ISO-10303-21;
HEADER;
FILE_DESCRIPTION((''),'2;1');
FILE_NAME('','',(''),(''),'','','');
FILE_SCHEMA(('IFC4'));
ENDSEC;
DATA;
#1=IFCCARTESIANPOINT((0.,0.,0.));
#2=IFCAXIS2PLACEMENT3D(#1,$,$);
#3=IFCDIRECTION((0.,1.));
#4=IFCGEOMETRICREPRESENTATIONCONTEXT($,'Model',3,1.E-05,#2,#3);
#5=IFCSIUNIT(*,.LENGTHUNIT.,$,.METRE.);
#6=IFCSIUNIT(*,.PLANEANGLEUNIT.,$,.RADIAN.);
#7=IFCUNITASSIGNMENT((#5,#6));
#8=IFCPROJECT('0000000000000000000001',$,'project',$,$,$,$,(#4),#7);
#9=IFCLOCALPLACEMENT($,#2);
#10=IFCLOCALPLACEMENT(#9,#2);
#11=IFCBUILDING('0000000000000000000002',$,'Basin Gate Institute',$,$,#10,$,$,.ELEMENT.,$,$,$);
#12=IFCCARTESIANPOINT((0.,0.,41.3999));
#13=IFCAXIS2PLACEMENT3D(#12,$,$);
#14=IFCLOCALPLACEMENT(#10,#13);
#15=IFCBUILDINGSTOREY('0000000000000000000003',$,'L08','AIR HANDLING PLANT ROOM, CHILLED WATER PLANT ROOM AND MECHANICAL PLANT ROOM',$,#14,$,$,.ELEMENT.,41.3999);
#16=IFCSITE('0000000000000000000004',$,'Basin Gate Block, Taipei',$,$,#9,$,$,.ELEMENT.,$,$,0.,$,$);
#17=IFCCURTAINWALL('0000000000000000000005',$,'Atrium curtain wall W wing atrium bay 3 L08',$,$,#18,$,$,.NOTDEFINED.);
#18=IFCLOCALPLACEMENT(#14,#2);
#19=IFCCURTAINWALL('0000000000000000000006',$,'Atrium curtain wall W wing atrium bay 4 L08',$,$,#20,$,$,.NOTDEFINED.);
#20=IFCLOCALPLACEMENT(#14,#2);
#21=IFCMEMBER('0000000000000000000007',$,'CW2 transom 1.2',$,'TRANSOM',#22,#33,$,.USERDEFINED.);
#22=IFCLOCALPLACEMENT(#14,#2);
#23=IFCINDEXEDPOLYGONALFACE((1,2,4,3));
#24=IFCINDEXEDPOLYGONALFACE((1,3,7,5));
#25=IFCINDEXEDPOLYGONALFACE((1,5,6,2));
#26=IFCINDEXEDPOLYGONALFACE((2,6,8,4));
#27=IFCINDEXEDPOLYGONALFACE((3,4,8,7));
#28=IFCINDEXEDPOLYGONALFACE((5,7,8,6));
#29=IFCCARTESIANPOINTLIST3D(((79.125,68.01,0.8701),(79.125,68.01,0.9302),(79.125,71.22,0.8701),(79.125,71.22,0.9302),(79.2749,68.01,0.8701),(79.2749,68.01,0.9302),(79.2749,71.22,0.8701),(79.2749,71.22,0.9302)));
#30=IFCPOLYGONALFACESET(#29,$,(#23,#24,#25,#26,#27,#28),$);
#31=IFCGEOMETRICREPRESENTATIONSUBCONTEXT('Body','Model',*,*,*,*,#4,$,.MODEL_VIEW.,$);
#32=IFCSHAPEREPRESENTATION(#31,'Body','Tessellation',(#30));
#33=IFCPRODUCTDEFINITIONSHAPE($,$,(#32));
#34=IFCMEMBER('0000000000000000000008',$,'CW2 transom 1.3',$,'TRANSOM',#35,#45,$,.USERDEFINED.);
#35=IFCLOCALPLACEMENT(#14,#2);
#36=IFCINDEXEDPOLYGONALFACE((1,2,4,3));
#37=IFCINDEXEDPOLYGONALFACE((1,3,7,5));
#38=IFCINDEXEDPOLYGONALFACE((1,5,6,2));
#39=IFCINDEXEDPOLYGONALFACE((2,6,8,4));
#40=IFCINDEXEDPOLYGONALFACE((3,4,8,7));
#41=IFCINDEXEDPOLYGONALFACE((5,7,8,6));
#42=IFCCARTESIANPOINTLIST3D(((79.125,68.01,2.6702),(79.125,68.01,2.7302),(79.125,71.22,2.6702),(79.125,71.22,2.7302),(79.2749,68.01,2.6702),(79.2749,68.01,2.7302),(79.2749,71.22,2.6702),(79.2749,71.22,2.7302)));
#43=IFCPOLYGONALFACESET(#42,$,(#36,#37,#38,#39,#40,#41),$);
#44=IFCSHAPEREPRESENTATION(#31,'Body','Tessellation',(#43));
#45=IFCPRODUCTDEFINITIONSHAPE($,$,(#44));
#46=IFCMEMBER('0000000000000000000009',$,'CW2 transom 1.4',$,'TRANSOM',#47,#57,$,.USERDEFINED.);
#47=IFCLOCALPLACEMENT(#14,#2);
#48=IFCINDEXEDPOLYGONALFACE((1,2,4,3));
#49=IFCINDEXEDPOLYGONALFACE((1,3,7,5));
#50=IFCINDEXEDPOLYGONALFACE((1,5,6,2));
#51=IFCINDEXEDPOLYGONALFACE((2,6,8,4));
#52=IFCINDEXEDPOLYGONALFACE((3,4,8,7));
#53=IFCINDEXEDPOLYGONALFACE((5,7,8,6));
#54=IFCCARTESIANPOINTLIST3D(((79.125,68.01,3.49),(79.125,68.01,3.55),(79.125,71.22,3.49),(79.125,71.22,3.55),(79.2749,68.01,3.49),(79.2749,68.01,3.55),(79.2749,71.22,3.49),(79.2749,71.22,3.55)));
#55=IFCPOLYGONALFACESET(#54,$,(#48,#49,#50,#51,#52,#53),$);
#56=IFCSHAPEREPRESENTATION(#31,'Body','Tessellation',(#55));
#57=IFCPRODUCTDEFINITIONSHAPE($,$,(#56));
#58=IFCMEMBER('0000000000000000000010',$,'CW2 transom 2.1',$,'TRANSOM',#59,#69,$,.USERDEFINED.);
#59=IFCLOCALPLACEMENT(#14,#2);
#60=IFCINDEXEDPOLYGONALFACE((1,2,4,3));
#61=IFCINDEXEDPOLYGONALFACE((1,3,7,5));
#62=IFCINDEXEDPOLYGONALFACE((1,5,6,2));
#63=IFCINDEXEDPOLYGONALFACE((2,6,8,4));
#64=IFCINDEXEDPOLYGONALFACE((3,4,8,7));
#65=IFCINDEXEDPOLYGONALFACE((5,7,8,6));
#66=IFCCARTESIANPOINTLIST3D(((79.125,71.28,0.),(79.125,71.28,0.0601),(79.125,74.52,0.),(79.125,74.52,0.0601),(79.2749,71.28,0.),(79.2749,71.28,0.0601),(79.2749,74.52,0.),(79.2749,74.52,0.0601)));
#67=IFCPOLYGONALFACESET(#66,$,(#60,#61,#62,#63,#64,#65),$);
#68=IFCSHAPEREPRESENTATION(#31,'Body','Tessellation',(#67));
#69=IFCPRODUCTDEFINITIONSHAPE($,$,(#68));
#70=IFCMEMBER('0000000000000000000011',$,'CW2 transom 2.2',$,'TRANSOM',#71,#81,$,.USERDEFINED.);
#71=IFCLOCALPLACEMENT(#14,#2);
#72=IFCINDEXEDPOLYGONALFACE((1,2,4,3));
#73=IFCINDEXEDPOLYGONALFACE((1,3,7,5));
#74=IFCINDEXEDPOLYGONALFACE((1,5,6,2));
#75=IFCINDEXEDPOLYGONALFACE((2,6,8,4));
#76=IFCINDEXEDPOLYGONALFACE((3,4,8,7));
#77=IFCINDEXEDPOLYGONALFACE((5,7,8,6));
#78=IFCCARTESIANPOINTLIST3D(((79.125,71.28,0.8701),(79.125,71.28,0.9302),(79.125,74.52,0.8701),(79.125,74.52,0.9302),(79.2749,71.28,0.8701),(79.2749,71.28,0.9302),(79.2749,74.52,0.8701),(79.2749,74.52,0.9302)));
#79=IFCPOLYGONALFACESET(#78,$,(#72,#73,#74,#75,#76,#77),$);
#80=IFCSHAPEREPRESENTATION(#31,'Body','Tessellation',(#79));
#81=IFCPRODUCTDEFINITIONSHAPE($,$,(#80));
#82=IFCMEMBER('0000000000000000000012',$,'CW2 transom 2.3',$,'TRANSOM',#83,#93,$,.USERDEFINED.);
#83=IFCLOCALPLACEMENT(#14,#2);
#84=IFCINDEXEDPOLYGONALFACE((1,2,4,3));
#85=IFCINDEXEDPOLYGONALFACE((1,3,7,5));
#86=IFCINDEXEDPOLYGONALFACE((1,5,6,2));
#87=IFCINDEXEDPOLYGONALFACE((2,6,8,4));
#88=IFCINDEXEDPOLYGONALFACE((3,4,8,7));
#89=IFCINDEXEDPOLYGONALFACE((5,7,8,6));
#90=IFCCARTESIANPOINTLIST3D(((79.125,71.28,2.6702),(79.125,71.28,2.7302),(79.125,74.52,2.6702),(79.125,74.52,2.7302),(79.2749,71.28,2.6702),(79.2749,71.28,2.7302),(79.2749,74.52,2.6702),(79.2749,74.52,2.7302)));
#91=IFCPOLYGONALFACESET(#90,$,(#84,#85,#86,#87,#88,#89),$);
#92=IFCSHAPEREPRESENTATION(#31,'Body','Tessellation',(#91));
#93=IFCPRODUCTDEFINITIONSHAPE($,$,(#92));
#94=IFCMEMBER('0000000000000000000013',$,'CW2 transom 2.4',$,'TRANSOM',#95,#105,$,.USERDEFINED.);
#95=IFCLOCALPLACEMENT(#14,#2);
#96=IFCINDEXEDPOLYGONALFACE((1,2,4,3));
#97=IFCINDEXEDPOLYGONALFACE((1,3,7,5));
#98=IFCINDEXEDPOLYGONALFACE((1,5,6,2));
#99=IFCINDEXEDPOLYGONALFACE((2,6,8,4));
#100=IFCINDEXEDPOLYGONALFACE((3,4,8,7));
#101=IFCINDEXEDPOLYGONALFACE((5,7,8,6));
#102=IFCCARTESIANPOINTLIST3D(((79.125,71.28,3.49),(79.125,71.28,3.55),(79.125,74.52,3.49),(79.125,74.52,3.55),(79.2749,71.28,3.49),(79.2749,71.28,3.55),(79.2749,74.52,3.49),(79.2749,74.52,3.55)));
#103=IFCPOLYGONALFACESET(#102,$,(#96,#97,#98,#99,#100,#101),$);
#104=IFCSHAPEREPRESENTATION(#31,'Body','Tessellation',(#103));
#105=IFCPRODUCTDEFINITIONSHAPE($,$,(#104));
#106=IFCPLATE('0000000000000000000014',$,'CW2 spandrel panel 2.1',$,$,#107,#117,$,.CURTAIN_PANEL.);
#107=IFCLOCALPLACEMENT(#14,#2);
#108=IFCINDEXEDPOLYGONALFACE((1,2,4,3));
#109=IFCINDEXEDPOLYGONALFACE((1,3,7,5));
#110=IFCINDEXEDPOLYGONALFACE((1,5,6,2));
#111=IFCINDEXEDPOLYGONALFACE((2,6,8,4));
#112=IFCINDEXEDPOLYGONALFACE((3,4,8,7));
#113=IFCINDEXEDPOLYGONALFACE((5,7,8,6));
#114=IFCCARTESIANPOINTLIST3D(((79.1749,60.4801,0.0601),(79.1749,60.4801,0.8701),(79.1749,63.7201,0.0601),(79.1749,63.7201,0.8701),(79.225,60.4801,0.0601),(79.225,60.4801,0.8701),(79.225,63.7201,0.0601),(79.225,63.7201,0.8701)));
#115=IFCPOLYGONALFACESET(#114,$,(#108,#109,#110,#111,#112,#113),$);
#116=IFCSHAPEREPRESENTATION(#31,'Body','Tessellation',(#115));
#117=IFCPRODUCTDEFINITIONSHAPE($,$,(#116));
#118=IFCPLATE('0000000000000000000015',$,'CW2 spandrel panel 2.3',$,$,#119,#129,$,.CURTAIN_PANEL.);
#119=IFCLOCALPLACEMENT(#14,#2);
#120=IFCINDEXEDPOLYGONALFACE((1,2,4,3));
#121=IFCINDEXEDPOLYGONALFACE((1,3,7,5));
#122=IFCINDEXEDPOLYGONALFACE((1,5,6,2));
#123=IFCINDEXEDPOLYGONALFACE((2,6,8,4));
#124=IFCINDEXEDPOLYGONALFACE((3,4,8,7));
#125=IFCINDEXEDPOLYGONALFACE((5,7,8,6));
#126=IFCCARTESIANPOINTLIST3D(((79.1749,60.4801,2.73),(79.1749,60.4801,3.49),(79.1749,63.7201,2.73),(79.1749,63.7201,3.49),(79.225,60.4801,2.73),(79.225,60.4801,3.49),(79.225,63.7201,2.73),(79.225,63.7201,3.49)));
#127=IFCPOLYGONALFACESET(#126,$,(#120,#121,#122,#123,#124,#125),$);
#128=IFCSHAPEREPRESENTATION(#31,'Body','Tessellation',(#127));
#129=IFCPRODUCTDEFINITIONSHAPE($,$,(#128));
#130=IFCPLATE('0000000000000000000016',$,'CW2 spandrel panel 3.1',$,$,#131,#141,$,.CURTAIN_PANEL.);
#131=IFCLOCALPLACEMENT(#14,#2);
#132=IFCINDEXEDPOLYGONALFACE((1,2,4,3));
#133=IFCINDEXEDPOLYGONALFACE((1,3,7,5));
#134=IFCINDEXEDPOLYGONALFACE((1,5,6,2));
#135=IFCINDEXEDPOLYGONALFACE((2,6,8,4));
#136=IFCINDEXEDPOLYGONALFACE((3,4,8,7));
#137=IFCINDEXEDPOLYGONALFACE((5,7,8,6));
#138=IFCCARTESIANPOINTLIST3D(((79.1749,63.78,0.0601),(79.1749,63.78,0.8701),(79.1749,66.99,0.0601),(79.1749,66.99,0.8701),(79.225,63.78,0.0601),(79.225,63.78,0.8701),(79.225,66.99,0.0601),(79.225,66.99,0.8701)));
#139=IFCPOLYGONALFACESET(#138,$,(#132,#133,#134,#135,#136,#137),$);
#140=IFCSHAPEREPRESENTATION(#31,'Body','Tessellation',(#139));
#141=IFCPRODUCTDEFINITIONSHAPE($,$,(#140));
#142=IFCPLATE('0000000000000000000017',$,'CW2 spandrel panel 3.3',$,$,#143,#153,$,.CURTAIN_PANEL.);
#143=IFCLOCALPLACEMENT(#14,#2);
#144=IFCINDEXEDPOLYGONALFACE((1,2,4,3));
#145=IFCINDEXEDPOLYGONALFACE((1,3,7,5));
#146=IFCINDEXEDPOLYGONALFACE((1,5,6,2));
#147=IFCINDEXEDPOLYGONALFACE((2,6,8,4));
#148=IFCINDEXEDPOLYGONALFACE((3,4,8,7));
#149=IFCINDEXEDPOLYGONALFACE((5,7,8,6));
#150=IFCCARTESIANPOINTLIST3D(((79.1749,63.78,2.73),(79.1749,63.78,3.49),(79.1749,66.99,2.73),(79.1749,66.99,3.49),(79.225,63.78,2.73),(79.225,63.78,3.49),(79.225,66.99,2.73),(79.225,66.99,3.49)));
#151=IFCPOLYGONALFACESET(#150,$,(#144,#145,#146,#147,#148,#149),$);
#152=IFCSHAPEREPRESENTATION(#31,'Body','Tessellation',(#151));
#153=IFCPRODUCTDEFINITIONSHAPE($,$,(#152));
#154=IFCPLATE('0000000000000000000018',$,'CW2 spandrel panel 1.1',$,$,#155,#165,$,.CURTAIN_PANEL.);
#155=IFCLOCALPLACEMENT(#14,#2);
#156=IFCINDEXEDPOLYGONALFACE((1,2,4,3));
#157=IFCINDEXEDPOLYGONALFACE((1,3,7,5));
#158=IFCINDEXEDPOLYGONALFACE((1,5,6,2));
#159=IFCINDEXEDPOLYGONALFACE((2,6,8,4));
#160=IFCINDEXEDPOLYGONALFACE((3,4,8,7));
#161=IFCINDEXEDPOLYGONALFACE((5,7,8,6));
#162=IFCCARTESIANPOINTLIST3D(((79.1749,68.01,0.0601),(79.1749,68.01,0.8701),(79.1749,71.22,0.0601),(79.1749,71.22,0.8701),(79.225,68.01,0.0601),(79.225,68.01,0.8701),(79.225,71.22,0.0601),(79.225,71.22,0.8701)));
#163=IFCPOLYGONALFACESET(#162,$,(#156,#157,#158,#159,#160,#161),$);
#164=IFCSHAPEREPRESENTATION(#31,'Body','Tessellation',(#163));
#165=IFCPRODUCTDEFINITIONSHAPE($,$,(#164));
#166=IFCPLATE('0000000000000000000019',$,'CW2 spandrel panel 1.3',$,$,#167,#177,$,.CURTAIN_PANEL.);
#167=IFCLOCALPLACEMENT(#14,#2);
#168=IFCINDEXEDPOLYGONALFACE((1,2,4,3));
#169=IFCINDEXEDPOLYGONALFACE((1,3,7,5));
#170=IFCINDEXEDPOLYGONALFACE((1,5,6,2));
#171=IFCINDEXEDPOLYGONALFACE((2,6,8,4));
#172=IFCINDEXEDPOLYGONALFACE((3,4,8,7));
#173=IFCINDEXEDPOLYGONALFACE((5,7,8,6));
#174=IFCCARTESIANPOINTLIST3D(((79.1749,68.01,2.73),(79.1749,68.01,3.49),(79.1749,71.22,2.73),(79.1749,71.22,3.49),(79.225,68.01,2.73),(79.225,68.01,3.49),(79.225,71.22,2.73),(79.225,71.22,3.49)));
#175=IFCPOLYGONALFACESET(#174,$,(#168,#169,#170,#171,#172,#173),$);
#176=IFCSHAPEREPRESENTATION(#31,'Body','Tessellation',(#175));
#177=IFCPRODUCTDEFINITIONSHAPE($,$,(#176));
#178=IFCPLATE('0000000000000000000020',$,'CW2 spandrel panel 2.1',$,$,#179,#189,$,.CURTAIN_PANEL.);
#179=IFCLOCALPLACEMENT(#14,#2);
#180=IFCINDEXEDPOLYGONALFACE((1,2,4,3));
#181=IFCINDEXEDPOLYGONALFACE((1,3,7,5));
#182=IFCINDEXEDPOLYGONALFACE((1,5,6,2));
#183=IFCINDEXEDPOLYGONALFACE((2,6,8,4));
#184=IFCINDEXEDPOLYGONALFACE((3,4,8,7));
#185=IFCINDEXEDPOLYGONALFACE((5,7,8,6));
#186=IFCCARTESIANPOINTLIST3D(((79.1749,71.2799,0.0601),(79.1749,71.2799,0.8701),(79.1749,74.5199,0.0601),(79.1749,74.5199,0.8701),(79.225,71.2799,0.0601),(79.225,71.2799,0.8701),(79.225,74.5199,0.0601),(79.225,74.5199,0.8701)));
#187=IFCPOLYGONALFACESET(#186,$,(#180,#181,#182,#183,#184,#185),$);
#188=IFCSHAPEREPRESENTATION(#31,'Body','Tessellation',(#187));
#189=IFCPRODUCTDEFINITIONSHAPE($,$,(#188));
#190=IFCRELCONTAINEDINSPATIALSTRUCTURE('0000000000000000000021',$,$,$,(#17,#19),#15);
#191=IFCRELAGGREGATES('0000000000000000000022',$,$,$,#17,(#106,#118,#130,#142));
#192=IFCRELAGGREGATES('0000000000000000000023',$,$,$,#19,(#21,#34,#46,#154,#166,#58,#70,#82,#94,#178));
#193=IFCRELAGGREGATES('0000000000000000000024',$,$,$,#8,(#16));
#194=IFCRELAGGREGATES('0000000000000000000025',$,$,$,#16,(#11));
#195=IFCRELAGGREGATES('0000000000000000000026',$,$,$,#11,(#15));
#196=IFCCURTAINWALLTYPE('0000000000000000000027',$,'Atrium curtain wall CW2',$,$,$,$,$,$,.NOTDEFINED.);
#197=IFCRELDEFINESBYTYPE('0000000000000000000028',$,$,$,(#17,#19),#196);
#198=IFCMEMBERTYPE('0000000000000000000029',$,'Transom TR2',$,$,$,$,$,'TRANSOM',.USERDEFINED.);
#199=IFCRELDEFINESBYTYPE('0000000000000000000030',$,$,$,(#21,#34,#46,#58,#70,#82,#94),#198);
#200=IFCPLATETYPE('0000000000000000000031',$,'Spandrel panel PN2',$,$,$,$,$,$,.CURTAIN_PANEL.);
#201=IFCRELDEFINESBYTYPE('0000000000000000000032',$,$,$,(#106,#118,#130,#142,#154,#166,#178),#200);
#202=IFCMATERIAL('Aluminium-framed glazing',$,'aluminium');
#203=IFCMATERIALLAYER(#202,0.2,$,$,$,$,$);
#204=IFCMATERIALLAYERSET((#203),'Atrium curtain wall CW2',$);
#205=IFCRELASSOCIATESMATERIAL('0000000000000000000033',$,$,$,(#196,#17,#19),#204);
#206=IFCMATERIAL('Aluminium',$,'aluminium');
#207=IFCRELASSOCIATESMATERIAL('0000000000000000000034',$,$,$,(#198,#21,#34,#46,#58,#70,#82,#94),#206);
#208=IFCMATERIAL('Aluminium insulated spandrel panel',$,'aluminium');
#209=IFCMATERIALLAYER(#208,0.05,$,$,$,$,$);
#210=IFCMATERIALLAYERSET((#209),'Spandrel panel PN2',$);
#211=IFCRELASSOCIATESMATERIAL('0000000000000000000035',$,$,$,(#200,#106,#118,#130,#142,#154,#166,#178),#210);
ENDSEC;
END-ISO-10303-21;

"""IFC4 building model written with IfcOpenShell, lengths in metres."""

from ifc_helpers import new_model, si_unit, direction, frame, origin, origin_2d, place, context, subcontext, project, spatial, rectangle, extrude, material, layer, layer_set, material_profile, profile_set, type_object, element, aggregate, save


model = new_model("IFC4")

# Units and contexts
model_context = context("Model", 3, precision=1e-05, world=origin(), true_north=direction((0.0, 1.0)))
body_context = subcontext(model_context, "Body", "Model", "MODEL_VIEW")
ifc_project = project(units=[si_unit("LENGTHUNIT", "METRE"), si_unit("PLANEANGLEUNIT", "RADIAN")], contexts=[model_context])

# Site, building, storey
site_placement = place(None, origin())
site = spatial("IfcSite", under=ifc_project, at=site_placement, Name="Basin Gate Block, Taipei", CompositionType="ELEMENT", RefElevation=0.0)
building_placement = place(site_placement, origin())
building = spatial("IfcBuilding", under=site, at=building_placement, Name="Basin Gate Institute", CompositionType="ELEMENT")
storey_placement = place(building_placement, frame((0.0, 0.0, 41.3999)))
storey = spatial("IfcBuildingStorey", under=building, at=storey_placement, Name="L08", Description="AIR HANDLING PLANT ROOM, CHILLED WATER PLANT ROOM AND MECHANICAL PLANT ROOM", CompositionType="ELEMENT", Elevation=41.3999)

# Curtain walls
ifc_material_1 = material(Name="Aluminium-framed glazing", Category="aluminium")
ifc_layer_1 = layer(ifc_material_1, 0.2)
ifc_layer_set_1 = layer_set([ifc_layer_1], Name="Atrium curtain wall CW2")
curtain_wall_type = type_object("IfcCurtainWallType", Name="Atrium curtain wall CW2", PredefinedType="NOTDEFINED", material=ifc_layer_set_1)
curtain_wall_1_placement = place(storey_placement, origin())
curtain_wall_1 = element("IfcCurtainWall", 1, at=curtain_wall_1_placement, inside=storey, type_object=curtain_wall_type, material=ifc_layer_set_1, Name="Atrium curtain wall W wing atrium bay 3 L08", PredefinedType="NOTDEFINED")
curtain_wall_2_placement = place(storey_placement, origin())
curtain_wall_2 = element("IfcCurtainWall", 2, at=curtain_wall_2_placement, inside=storey, type_object=curtain_wall_type, material=ifc_layer_set_1, Name="Atrium curtain wall W wing atrium bay 4 L08", PredefinedType="NOTDEFINED")

# Members
ifc_material_2 = material(Name="Aluminium", Category="aluminium")
ifc_material_profile_1 = material_profile(ifc_material_2, rectangle(XDim=0.1499, YDim=0.0601, at=origin_2d()), Name="Transom TR2 150 x 60")
ifc_profile_set_1 = profile_set([ifc_material_profile_1], Name="Aluminium")
member_type_1 = type_object("IfcMemberType", Name="Transom TR2", ElementType="TRANSOM", PredefinedType="USERDEFINED", material=ifc_profile_set_1)
member_1_placement = place(storey_placement, frame((79.2, 68.01, 0.9001), z_axis=(0.0, 1.0, 0.0), x_axis=(-1.0, 0.0, 0.0)))
member_1 = element("IfcMember", 3, at=member_1_placement, type_object=member_type_1, material=ifc_profile_set_1, Name="CW2 transom 1.2", ObjectType="TRANSOM", PredefinedType="USERDEFINED", context=body_context, shape_type="SweptSolid", body=[
    extrude(rectangle(XDim=0.1499, YDim=0.0601, at=origin_2d()), origin(), (0.0, 0.0, 1.0), 3.21),
])
member_2_placement = place(storey_placement, frame((79.2, 68.01, 2.7002), z_axis=(0.0, 1.0, 0.0), x_axis=(-1.0, 0.0, 0.0)))
member_2 = element("IfcMember", 4, at=member_2_placement, type_object=member_type_1, material=ifc_profile_set_1, Name="CW2 transom 1.3", ObjectType="TRANSOM", PredefinedType="USERDEFINED", context=body_context, shape_type="SweptSolid", body=[
    extrude(rectangle(XDim=0.1499, YDim=0.0601, at=origin_2d()), origin(), (0.0, 0.0, 1.0), 3.21),
])
member_3_placement = place(storey_placement, frame((79.2, 68.01, 3.52), z_axis=(0.0, 1.0, 0.0), x_axis=(-1.0, 0.0, 0.0)))
member_3 = element("IfcMember", 5, at=member_3_placement, type_object=member_type_1, material=ifc_profile_set_1, Name="CW2 transom 1.4", ObjectType="TRANSOM", PredefinedType="USERDEFINED", context=body_context, shape_type="SweptSolid", body=[
    extrude(rectangle(XDim=0.1499, YDim=0.0601, at=origin_2d()), origin(), (0.0, 0.0, 1.0), 3.21),
])
member_4_placement = place(storey_placement, frame((79.2, 71.28, 0.03), z_axis=(0.0, 1.0, 0.0), x_axis=(-1.0, 0.0, 0.0)))
member_4 = element("IfcMember", 6, at=member_4_placement, type_object=member_type_1, material=ifc_profile_set_1, Name="CW2 transom 2.1", ObjectType="TRANSOM", PredefinedType="USERDEFINED", context=body_context, shape_type="SweptSolid", body=[
    extrude(rectangle(XDim=0.1499, YDim=0.0601, at=origin_2d()), origin(), (0.0, 0.0, 1.0), 3.24),
])
member_5_placement = place(storey_placement, frame((79.2, 71.28, 0.9001), z_axis=(0.0, 1.0, 0.0), x_axis=(-1.0, 0.0, 0.0)))
member_5 = element("IfcMember", 7, at=member_5_placement, type_object=member_type_1, material=ifc_profile_set_1, Name="CW2 transom 2.2", ObjectType="TRANSOM", PredefinedType="USERDEFINED", context=body_context, shape_type="SweptSolid", body=[
    extrude(rectangle(XDim=0.1499, YDim=0.0601, at=origin_2d()), origin(), (0.0, 0.0, 1.0), 3.24),
])
member_6_placement = place(storey_placement, frame((79.2, 71.28, 2.7002), z_axis=(0.0, 1.0, 0.0), x_axis=(-1.0, 0.0, 0.0)))
member_6 = element("IfcMember", 8, at=member_6_placement, type_object=member_type_1, material=ifc_profile_set_1, Name="CW2 transom 2.3", ObjectType="TRANSOM", PredefinedType="USERDEFINED", context=body_context, shape_type="SweptSolid", body=[
    extrude(rectangle(XDim=0.1499, YDim=0.0601, at=origin_2d()), origin(), (0.0, 0.0, 1.0), 3.24),
])
member_7_placement = place(storey_placement, frame((79.2, 71.28, 3.52), z_axis=(0.0, 1.0, 0.0), x_axis=(-1.0, 0.0, 0.0)))
member_7 = element("IfcMember", 9, at=member_7_placement, type_object=member_type_1, material=ifc_profile_set_1, Name="CW2 transom 2.4", ObjectType="TRANSOM", PredefinedType="USERDEFINED", context=body_context, shape_type="SweptSolid", body=[
    extrude(rectangle(XDim=0.1499, YDim=0.0601, at=origin_2d()), origin(), (0.0, 0.0, 1.0), 3.24),
])

# Plates
ifc_material_3 = material(Name="Aluminium insulated spandrel panel", Category="aluminium")
ifc_layer_2 = layer(ifc_material_3, 0.05)
ifc_layer_set_2 = layer_set([ifc_layer_2], Name="Spandrel panel PN2")
plate_type_1 = type_object("IfcPlateType", Name="Spandrel panel PN2", PredefinedType="CURTAIN_PANEL", material=ifc_layer_set_2)
plate_1_placement = place(storey_placement, frame((79.2, 62.1001, 0.0601), z_axis=(0.0, 0.0, 1.0), x_axis=(0.0, 1.0, 0.0)))
plate_1 = element("IfcPlate", 10, at=plate_1_placement, type_object=plate_type_1, material=ifc_layer_set_2, Name="CW2 spandrel panel 2.1", PredefinedType="CURTAIN_PANEL", context=body_context, shape_type="SweptSolid", body=[
    extrude(rectangle(XDim=3.24, YDim=0.05, at=origin_2d()), origin(), (0.0, 0.0, 1.0), 0.8101),
])
plate_2_placement = place(storey_placement, frame((79.2, 62.1001, 2.73), z_axis=(0.0, 0.0, 1.0), x_axis=(0.0, 1.0, 0.0)))
plate_2 = element("IfcPlate", 11, at=plate_2_placement, type_object=plate_type_1, material=ifc_layer_set_2, Name="CW2 spandrel panel 2.3", PredefinedType="CURTAIN_PANEL", context=body_context, shape_type="SweptSolid", body=[
    extrude(rectangle(XDim=3.24, YDim=0.05, at=origin_2d()), origin(), (0.0, 0.0, 1.0), 0.76),
])
plate_3_placement = place(storey_placement, frame((79.2, 65.385, 0.0601), z_axis=(0.0, 0.0, 1.0), x_axis=(0.0, 1.0, 0.0)))
plate_3 = element("IfcPlate", 12, at=plate_3_placement, type_object=plate_type_1, material=ifc_layer_set_2, Name="CW2 spandrel panel 3.1", PredefinedType="CURTAIN_PANEL", context=body_context, shape_type="SweptSolid", body=[
    extrude(rectangle(XDim=3.21, YDim=0.05, at=origin_2d()), origin(), (0.0, 0.0, 1.0), 0.8101),
])
plate_4_placement = place(storey_placement, frame((79.2, 65.385, 2.73), z_axis=(0.0, 0.0, 1.0), x_axis=(0.0, 1.0, 0.0)))
plate_4 = element("IfcPlate", 13, at=plate_4_placement, type_object=plate_type_1, material=ifc_layer_set_2, Name="CW2 spandrel panel 3.3", PredefinedType="CURTAIN_PANEL", context=body_context, shape_type="SweptSolid", body=[
    extrude(rectangle(XDim=3.21, YDim=0.05, at=origin_2d()), origin(), (0.0, 0.0, 1.0), 0.76),
])
plate_5_placement = place(storey_placement, frame((79.2, 69.615, 0.0601), z_axis=(0.0, 0.0, 1.0), x_axis=(0.0, 1.0, 0.0)))
plate_5 = element("IfcPlate", 14, at=plate_5_placement, type_object=plate_type_1, material=ifc_layer_set_2, Name="CW2 spandrel panel 1.1", PredefinedType="CURTAIN_PANEL", context=body_context, shape_type="SweptSolid", body=[
    extrude(rectangle(XDim=3.21, YDim=0.05, at=origin_2d()), origin(), (0.0, 0.0, 1.0), 0.8101),
])
plate_6_placement = place(storey_placement, frame((79.2, 69.615, 2.73), z_axis=(0.0, 0.0, 1.0), x_axis=(0.0, 1.0, 0.0)))
plate_6 = element("IfcPlate", 15, at=plate_6_placement, type_object=plate_type_1, material=ifc_layer_set_2, Name="CW2 spandrel panel 1.3", PredefinedType="CURTAIN_PANEL", context=body_context, shape_type="SweptSolid", body=[
    extrude(rectangle(XDim=3.21, YDim=0.05, at=origin_2d()), origin(), (0.0, 0.0, 1.0), 0.76),
])
plate_7_placement = place(storey_placement, frame((79.2, 72.8999, 0.0601), z_axis=(0.0, 0.0, 1.0), x_axis=(0.0, 1.0, 0.0)))
plate_7 = element("IfcPlate", 16, at=plate_7_placement, type_object=plate_type_1, material=ifc_layer_set_2, Name="CW2 spandrel panel 2.1", PredefinedType="CURTAIN_PANEL", context=body_context, shape_type="SweptSolid", body=[
    extrude(rectangle(XDim=3.24, YDim=0.05, at=origin_2d()), origin(), (0.0, 0.0, 1.0), 0.8101),
])
aggregate(curtain_wall_1, [plate_1, plate_2, plate_3, plate_4])
aggregate(curtain_wall_2, [member_1, member_2, member_3, plate_5, plate_6, member_4, member_5, member_6, member_7, plate_7])

save(model, "model.ifc")
